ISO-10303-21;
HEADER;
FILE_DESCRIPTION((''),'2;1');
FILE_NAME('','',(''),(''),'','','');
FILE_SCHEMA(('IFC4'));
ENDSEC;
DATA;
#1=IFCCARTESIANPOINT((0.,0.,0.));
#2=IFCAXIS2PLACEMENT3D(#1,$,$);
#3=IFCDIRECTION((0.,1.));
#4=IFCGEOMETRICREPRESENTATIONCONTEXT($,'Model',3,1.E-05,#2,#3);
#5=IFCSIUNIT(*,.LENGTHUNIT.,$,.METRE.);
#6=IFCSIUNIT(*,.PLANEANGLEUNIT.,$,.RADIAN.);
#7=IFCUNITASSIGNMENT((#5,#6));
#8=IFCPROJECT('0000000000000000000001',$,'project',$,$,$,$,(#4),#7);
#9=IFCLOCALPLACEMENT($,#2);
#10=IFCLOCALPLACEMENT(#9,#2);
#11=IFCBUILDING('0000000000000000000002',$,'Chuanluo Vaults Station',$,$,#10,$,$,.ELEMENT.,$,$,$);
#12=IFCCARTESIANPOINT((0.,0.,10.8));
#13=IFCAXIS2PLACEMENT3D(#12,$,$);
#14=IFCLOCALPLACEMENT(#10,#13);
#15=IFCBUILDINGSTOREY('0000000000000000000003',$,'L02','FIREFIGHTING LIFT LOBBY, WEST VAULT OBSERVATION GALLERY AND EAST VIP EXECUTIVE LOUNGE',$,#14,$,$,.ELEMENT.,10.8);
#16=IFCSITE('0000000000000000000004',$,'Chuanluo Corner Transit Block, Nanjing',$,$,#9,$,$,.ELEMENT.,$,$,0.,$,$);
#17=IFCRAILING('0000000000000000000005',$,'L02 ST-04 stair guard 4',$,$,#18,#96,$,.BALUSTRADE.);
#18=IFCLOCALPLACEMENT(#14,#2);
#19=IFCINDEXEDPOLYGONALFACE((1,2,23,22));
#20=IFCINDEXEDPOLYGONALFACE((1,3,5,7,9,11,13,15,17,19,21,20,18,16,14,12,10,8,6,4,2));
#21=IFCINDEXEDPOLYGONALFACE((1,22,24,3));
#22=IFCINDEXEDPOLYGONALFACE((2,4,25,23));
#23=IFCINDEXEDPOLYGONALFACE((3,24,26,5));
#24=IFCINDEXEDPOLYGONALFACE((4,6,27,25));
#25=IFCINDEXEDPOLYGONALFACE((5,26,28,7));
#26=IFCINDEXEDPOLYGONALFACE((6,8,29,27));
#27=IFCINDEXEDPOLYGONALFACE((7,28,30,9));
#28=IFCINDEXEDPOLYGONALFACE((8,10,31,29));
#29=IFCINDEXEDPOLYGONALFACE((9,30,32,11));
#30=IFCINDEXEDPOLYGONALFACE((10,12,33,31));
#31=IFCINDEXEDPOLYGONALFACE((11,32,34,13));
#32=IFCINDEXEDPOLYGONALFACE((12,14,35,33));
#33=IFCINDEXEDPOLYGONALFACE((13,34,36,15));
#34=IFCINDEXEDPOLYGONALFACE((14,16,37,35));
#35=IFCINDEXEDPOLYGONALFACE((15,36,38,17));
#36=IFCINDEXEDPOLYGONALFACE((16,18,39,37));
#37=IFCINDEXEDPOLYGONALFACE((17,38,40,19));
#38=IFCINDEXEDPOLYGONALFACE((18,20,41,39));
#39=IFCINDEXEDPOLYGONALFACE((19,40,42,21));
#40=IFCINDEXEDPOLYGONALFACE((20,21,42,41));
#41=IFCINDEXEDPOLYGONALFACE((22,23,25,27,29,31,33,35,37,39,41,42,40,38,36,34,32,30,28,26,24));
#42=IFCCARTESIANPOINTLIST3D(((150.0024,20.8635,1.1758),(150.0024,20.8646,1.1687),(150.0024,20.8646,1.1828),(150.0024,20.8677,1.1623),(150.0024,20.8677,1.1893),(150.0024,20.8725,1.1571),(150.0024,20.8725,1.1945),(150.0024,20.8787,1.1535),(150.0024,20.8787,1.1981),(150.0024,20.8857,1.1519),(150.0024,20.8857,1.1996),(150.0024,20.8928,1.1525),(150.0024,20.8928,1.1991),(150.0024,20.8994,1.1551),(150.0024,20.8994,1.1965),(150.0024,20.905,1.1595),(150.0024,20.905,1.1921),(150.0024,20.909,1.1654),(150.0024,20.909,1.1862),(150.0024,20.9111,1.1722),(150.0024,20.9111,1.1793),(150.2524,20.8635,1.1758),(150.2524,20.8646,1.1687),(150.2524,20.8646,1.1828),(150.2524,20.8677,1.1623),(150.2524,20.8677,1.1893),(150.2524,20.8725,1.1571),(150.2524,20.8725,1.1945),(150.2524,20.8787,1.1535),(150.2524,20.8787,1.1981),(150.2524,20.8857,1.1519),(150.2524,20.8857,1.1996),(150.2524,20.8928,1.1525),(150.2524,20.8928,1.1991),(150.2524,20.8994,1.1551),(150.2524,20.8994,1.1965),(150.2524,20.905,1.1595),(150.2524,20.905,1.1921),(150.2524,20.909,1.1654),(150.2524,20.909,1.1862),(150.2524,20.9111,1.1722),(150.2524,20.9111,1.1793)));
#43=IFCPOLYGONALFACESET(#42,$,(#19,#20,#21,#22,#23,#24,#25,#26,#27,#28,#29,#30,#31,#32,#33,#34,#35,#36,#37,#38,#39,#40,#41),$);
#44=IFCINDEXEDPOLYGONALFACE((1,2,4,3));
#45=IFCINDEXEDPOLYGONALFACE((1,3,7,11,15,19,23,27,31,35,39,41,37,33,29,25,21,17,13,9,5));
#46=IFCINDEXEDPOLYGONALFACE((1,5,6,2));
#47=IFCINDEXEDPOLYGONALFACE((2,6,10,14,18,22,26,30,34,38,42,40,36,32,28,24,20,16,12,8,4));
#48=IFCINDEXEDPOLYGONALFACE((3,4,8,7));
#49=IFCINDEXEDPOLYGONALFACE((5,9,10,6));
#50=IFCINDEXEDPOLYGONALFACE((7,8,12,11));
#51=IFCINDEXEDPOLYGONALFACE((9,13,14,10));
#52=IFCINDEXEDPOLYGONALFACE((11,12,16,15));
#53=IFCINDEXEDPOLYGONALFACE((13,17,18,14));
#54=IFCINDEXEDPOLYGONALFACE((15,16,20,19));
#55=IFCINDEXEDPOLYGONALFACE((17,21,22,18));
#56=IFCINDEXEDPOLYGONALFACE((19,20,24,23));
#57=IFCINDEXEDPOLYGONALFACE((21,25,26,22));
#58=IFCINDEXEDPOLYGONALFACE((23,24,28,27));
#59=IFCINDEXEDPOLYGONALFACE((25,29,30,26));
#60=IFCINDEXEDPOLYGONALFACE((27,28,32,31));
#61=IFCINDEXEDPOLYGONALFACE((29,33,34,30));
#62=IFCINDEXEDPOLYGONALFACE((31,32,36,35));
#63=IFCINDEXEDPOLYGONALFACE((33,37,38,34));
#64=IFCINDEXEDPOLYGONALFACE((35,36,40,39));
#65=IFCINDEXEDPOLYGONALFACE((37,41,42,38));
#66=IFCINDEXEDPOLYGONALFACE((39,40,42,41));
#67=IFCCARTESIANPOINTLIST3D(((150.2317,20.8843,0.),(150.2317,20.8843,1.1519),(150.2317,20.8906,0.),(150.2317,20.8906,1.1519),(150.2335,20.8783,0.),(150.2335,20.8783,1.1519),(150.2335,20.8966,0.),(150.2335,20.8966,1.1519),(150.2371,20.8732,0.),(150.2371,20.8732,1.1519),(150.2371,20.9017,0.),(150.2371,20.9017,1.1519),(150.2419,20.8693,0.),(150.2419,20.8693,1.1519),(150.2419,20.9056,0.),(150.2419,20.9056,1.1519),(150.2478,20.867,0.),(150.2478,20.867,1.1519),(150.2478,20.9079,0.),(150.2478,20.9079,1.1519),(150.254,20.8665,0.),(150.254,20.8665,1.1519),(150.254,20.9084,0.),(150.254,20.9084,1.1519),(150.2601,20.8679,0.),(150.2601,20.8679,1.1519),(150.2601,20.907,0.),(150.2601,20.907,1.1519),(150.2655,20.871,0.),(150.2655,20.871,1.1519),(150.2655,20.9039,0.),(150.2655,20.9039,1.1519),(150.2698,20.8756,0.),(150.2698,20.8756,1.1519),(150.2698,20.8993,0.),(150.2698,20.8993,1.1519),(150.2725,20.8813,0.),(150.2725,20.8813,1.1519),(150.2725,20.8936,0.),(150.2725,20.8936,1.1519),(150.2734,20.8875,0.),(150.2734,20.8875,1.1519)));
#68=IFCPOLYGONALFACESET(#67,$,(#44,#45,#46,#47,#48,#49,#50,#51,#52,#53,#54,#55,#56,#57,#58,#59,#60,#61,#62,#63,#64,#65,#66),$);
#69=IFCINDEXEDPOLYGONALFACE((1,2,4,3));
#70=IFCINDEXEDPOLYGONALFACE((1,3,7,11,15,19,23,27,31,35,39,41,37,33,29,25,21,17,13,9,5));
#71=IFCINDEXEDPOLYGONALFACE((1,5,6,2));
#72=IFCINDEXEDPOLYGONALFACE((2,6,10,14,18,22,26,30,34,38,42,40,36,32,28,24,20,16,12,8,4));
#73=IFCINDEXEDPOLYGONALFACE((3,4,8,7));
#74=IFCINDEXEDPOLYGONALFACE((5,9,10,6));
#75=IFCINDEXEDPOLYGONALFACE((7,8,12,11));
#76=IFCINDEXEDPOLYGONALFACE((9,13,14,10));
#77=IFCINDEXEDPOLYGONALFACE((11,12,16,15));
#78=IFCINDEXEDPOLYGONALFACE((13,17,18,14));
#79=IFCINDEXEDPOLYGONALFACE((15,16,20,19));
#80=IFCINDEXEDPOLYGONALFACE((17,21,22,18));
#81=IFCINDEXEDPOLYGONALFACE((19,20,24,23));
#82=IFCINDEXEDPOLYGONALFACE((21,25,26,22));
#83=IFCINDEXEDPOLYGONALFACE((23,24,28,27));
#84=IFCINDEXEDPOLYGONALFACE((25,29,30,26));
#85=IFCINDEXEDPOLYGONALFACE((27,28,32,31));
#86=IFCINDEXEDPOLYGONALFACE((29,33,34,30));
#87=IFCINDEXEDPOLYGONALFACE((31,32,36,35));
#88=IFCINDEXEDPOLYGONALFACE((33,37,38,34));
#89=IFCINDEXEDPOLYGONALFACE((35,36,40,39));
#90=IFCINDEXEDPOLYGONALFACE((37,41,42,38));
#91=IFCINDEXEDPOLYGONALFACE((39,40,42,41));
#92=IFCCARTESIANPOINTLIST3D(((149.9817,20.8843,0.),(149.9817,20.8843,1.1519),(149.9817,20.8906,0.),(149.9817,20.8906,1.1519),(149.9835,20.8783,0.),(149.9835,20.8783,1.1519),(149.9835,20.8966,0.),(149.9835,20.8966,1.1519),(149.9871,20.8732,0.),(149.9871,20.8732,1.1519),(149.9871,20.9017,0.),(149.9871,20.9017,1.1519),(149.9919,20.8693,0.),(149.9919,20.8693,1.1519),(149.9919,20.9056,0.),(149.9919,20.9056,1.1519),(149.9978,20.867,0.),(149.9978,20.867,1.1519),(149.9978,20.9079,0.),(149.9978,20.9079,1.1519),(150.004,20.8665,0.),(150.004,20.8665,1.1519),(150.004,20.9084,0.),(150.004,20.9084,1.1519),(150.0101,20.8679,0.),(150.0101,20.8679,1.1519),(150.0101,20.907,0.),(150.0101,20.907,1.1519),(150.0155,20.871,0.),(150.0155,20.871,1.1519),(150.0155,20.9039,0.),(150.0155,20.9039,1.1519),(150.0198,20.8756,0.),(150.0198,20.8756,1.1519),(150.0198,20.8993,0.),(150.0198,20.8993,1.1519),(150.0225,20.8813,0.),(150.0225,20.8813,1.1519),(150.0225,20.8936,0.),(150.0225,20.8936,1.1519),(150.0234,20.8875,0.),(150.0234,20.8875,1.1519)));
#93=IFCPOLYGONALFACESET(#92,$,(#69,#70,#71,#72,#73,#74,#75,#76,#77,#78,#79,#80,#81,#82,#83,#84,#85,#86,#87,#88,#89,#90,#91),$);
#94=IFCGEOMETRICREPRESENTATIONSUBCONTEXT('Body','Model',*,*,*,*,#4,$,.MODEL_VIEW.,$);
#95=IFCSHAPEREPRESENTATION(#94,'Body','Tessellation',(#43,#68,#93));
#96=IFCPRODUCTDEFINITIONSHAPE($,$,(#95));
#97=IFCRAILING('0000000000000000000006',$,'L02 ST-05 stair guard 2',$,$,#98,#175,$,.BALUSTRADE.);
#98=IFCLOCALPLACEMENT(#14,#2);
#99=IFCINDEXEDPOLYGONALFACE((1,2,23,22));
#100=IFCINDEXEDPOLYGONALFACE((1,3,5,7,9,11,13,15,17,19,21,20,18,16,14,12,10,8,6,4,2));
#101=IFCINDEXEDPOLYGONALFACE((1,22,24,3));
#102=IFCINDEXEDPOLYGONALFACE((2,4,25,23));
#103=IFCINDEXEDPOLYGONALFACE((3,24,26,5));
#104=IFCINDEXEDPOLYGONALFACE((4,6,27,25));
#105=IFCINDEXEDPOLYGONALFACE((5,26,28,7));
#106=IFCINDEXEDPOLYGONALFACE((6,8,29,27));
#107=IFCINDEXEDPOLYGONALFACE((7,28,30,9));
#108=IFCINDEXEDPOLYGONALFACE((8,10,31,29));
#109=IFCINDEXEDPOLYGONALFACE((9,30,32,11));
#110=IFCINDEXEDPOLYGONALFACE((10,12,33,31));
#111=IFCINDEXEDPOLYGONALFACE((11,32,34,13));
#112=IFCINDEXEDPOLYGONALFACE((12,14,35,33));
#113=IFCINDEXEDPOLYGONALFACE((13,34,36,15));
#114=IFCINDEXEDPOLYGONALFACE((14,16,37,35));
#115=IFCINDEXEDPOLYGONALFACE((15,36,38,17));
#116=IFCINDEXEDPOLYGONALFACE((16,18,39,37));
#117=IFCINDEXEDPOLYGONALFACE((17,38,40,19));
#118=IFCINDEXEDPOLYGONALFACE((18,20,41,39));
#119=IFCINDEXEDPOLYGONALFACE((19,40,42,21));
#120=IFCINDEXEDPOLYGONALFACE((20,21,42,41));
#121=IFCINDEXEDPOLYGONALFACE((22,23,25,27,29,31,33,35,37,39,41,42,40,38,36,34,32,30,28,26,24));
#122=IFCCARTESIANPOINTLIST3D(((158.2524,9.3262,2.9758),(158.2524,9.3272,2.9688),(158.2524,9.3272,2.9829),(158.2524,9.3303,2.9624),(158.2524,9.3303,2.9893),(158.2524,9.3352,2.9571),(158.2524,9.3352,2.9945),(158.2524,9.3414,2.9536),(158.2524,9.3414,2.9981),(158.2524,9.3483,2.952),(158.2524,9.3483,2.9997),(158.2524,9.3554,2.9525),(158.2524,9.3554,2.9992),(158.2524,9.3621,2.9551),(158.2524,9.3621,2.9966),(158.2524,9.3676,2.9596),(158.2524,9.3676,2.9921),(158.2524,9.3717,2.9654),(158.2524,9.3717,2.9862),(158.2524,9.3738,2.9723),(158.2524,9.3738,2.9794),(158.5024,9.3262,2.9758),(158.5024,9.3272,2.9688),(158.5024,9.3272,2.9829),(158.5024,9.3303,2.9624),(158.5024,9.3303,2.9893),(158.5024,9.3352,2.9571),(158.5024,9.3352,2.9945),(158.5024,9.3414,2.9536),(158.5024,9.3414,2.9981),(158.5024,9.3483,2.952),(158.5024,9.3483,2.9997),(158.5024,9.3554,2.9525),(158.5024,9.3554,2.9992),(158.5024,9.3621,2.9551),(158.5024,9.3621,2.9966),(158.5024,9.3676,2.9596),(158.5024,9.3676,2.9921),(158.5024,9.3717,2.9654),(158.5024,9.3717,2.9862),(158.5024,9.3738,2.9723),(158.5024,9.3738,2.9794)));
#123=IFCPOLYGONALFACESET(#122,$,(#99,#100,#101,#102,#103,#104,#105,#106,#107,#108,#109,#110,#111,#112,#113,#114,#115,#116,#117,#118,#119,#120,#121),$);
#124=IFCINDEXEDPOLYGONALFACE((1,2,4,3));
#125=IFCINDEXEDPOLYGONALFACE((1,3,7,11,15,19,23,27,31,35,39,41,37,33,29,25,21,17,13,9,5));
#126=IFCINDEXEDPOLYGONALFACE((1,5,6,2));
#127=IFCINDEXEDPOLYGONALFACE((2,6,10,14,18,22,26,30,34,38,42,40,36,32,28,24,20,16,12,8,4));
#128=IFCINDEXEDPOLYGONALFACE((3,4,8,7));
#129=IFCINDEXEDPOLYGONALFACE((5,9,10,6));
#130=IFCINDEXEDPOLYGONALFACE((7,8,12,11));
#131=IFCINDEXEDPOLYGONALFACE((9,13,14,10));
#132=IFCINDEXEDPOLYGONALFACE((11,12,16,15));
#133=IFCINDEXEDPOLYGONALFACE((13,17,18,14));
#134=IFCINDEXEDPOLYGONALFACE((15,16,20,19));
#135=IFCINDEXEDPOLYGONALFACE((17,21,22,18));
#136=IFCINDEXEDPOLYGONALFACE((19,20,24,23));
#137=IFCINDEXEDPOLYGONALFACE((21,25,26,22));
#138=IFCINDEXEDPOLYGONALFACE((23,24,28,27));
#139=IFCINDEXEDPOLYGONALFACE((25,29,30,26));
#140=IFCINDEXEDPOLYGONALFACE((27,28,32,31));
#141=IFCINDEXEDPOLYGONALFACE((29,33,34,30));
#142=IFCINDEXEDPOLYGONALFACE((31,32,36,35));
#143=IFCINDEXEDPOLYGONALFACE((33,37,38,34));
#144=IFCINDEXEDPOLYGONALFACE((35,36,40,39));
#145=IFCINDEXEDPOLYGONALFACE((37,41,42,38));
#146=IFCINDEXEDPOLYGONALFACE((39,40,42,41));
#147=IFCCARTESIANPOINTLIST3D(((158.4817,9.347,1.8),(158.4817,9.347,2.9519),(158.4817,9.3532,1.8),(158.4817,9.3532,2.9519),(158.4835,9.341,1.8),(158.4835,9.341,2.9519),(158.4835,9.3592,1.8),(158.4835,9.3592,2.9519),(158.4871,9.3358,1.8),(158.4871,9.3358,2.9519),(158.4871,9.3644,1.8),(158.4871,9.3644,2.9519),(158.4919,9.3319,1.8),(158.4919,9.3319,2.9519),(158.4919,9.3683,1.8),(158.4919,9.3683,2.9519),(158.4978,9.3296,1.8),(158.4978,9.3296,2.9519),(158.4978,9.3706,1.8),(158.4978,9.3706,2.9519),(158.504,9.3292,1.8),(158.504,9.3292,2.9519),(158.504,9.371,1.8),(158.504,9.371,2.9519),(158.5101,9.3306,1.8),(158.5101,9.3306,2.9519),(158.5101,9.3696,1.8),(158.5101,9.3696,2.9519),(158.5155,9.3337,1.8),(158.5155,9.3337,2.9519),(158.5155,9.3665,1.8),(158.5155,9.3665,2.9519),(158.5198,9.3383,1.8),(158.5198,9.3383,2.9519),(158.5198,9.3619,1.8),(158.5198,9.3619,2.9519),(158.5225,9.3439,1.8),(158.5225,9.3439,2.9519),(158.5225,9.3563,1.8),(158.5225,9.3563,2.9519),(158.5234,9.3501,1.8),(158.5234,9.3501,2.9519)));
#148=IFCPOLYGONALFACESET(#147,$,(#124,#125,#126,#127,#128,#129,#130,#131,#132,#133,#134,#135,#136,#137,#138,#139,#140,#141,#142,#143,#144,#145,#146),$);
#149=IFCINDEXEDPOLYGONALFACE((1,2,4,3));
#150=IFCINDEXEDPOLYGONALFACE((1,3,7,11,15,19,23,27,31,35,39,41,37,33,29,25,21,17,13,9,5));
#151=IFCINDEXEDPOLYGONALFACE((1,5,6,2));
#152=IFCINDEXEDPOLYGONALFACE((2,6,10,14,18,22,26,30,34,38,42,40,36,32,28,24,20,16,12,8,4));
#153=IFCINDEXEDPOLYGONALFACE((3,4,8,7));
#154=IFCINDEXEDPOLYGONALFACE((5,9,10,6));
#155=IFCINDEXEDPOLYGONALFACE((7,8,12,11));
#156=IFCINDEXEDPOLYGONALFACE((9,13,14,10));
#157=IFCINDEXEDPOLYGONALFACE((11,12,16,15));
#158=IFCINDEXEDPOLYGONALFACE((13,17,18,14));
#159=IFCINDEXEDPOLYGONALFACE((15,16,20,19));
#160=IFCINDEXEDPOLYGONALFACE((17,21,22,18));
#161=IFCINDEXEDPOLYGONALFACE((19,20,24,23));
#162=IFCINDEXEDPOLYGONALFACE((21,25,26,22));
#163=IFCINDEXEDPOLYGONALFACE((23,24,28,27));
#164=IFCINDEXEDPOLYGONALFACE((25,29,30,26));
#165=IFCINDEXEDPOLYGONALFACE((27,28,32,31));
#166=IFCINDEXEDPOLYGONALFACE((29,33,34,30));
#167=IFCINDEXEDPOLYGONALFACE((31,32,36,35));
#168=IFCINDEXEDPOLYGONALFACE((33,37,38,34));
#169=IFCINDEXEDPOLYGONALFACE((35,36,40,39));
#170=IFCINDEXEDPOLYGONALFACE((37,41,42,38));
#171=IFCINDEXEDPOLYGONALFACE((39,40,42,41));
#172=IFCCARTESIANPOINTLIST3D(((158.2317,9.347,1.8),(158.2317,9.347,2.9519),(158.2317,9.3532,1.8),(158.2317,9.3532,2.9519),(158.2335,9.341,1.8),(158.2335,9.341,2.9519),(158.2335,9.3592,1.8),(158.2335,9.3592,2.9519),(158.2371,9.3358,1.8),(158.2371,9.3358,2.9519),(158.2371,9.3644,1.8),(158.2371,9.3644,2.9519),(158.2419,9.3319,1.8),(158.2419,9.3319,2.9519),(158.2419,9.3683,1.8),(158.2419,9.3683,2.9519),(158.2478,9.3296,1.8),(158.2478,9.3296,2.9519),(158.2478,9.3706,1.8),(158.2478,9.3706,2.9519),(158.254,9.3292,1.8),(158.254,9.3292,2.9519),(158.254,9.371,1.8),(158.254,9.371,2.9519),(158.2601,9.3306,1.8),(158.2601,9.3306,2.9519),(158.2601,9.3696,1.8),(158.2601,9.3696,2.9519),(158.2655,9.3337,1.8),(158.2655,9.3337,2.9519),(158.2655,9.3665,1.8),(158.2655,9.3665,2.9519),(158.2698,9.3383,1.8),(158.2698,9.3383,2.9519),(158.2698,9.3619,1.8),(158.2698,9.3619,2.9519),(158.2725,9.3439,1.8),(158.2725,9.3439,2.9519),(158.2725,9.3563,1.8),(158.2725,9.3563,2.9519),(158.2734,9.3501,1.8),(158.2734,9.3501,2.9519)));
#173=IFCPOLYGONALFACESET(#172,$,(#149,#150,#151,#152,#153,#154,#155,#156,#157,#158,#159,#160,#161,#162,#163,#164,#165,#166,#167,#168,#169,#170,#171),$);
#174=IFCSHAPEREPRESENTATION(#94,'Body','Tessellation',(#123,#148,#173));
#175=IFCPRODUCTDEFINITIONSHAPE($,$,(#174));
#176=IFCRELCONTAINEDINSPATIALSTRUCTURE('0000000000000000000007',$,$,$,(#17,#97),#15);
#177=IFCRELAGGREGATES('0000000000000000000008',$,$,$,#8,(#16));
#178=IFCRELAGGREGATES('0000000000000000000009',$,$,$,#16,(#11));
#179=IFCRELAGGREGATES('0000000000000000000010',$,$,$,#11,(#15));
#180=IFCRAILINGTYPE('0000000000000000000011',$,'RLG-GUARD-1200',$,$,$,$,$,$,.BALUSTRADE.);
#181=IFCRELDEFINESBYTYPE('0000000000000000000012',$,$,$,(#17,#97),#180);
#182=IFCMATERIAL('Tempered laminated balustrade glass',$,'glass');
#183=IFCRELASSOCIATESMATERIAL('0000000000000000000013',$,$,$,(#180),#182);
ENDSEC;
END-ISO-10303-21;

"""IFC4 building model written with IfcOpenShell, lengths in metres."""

from ifc_helpers import new_model, si_unit, direction, frame, origin, origin_2d, place, context, subcontext, project, spatial, circle, extrude, material, type_object, element, save


model = new_model("IFC4")

# Units and contexts
model_context = context("Model", 3, precision=1e-05, world=origin(), true_north=direction((0.0, 1.0)))
body_context = subcontext(model_context, "Body", "Model", "MODEL_VIEW")
ifc_project = project(units=[si_unit("LENGTHUNIT", "METRE"), si_unit("PLANEANGLEUNIT", "RADIAN")], contexts=[model_context])

# Site, building, storey
site_placement = place(None, origin())
site = spatial("IfcSite", under=ifc_project, at=site_placement, Name="Chuanluo Corner Transit Block, Nanjing", CompositionType="ELEMENT", RefElevation=0.0)
building_placement = place(site_placement, origin())
building = spatial("IfcBuilding", under=site, at=building_placement, Name="Chuanluo Vaults Station", CompositionType="ELEMENT")
storey_placement = place(building_placement, frame((0.0, 0.0, 10.8)))
storey = spatial("IfcBuildingStorey", under=building, at=storey_placement, Name="L02", Description="FIREFIGHTING LIFT LOBBY, WEST VAULT OBSERVATION GALLERY AND EAST VIP EXECUTIVE LOUNGE", CompositionType="ELEMENT", Elevation=10.8)

# Railings
ifc_material_1 = material(Name="Tempered laminated balustrade glass", Category="glass")
railing_type_1 = type_object("IfcRailingType", Name="RLG-GUARD-1200", PredefinedType="BALUSTRADE", material=ifc_material_1)
for number, where, name in (
    (1, (150.2524, 20.8875, 0.0), "L02 ST-04 stair guard 4"),
    (2, (158.5024, 9.3501, 1.8), "L02 ST-05 stair guard 2"),
):
    element("IfcRailing", number, at=place(storey_placement, frame(where)), inside=storey, type_object=railing_type_1, Name=name, PredefinedType="BALUSTRADE", context=body_context, shape_type="SweptSolid", body=[
        extrude(circle(Radius=0.0239, at=origin_2d()), frame((0.0, 0.0, 1.1758), z_axis=(-1.0, 0.0, 0.0), x_axis=(0.0, -1.0, 0.0)), (0.0, 0.0, 1.0), 0.25),
        extrude(circle(Radius=0.021, at=origin_2d()), origin(), (0.0, 0.0, 1.0), 1.1519),
        extrude(circle(Radius=0.021, at=origin_2d()), frame((-0.25, 0.0, 0.0)), (0.0, 0.0, 1.0), 1.1519),
    ])

save(model, "model.ifc")
